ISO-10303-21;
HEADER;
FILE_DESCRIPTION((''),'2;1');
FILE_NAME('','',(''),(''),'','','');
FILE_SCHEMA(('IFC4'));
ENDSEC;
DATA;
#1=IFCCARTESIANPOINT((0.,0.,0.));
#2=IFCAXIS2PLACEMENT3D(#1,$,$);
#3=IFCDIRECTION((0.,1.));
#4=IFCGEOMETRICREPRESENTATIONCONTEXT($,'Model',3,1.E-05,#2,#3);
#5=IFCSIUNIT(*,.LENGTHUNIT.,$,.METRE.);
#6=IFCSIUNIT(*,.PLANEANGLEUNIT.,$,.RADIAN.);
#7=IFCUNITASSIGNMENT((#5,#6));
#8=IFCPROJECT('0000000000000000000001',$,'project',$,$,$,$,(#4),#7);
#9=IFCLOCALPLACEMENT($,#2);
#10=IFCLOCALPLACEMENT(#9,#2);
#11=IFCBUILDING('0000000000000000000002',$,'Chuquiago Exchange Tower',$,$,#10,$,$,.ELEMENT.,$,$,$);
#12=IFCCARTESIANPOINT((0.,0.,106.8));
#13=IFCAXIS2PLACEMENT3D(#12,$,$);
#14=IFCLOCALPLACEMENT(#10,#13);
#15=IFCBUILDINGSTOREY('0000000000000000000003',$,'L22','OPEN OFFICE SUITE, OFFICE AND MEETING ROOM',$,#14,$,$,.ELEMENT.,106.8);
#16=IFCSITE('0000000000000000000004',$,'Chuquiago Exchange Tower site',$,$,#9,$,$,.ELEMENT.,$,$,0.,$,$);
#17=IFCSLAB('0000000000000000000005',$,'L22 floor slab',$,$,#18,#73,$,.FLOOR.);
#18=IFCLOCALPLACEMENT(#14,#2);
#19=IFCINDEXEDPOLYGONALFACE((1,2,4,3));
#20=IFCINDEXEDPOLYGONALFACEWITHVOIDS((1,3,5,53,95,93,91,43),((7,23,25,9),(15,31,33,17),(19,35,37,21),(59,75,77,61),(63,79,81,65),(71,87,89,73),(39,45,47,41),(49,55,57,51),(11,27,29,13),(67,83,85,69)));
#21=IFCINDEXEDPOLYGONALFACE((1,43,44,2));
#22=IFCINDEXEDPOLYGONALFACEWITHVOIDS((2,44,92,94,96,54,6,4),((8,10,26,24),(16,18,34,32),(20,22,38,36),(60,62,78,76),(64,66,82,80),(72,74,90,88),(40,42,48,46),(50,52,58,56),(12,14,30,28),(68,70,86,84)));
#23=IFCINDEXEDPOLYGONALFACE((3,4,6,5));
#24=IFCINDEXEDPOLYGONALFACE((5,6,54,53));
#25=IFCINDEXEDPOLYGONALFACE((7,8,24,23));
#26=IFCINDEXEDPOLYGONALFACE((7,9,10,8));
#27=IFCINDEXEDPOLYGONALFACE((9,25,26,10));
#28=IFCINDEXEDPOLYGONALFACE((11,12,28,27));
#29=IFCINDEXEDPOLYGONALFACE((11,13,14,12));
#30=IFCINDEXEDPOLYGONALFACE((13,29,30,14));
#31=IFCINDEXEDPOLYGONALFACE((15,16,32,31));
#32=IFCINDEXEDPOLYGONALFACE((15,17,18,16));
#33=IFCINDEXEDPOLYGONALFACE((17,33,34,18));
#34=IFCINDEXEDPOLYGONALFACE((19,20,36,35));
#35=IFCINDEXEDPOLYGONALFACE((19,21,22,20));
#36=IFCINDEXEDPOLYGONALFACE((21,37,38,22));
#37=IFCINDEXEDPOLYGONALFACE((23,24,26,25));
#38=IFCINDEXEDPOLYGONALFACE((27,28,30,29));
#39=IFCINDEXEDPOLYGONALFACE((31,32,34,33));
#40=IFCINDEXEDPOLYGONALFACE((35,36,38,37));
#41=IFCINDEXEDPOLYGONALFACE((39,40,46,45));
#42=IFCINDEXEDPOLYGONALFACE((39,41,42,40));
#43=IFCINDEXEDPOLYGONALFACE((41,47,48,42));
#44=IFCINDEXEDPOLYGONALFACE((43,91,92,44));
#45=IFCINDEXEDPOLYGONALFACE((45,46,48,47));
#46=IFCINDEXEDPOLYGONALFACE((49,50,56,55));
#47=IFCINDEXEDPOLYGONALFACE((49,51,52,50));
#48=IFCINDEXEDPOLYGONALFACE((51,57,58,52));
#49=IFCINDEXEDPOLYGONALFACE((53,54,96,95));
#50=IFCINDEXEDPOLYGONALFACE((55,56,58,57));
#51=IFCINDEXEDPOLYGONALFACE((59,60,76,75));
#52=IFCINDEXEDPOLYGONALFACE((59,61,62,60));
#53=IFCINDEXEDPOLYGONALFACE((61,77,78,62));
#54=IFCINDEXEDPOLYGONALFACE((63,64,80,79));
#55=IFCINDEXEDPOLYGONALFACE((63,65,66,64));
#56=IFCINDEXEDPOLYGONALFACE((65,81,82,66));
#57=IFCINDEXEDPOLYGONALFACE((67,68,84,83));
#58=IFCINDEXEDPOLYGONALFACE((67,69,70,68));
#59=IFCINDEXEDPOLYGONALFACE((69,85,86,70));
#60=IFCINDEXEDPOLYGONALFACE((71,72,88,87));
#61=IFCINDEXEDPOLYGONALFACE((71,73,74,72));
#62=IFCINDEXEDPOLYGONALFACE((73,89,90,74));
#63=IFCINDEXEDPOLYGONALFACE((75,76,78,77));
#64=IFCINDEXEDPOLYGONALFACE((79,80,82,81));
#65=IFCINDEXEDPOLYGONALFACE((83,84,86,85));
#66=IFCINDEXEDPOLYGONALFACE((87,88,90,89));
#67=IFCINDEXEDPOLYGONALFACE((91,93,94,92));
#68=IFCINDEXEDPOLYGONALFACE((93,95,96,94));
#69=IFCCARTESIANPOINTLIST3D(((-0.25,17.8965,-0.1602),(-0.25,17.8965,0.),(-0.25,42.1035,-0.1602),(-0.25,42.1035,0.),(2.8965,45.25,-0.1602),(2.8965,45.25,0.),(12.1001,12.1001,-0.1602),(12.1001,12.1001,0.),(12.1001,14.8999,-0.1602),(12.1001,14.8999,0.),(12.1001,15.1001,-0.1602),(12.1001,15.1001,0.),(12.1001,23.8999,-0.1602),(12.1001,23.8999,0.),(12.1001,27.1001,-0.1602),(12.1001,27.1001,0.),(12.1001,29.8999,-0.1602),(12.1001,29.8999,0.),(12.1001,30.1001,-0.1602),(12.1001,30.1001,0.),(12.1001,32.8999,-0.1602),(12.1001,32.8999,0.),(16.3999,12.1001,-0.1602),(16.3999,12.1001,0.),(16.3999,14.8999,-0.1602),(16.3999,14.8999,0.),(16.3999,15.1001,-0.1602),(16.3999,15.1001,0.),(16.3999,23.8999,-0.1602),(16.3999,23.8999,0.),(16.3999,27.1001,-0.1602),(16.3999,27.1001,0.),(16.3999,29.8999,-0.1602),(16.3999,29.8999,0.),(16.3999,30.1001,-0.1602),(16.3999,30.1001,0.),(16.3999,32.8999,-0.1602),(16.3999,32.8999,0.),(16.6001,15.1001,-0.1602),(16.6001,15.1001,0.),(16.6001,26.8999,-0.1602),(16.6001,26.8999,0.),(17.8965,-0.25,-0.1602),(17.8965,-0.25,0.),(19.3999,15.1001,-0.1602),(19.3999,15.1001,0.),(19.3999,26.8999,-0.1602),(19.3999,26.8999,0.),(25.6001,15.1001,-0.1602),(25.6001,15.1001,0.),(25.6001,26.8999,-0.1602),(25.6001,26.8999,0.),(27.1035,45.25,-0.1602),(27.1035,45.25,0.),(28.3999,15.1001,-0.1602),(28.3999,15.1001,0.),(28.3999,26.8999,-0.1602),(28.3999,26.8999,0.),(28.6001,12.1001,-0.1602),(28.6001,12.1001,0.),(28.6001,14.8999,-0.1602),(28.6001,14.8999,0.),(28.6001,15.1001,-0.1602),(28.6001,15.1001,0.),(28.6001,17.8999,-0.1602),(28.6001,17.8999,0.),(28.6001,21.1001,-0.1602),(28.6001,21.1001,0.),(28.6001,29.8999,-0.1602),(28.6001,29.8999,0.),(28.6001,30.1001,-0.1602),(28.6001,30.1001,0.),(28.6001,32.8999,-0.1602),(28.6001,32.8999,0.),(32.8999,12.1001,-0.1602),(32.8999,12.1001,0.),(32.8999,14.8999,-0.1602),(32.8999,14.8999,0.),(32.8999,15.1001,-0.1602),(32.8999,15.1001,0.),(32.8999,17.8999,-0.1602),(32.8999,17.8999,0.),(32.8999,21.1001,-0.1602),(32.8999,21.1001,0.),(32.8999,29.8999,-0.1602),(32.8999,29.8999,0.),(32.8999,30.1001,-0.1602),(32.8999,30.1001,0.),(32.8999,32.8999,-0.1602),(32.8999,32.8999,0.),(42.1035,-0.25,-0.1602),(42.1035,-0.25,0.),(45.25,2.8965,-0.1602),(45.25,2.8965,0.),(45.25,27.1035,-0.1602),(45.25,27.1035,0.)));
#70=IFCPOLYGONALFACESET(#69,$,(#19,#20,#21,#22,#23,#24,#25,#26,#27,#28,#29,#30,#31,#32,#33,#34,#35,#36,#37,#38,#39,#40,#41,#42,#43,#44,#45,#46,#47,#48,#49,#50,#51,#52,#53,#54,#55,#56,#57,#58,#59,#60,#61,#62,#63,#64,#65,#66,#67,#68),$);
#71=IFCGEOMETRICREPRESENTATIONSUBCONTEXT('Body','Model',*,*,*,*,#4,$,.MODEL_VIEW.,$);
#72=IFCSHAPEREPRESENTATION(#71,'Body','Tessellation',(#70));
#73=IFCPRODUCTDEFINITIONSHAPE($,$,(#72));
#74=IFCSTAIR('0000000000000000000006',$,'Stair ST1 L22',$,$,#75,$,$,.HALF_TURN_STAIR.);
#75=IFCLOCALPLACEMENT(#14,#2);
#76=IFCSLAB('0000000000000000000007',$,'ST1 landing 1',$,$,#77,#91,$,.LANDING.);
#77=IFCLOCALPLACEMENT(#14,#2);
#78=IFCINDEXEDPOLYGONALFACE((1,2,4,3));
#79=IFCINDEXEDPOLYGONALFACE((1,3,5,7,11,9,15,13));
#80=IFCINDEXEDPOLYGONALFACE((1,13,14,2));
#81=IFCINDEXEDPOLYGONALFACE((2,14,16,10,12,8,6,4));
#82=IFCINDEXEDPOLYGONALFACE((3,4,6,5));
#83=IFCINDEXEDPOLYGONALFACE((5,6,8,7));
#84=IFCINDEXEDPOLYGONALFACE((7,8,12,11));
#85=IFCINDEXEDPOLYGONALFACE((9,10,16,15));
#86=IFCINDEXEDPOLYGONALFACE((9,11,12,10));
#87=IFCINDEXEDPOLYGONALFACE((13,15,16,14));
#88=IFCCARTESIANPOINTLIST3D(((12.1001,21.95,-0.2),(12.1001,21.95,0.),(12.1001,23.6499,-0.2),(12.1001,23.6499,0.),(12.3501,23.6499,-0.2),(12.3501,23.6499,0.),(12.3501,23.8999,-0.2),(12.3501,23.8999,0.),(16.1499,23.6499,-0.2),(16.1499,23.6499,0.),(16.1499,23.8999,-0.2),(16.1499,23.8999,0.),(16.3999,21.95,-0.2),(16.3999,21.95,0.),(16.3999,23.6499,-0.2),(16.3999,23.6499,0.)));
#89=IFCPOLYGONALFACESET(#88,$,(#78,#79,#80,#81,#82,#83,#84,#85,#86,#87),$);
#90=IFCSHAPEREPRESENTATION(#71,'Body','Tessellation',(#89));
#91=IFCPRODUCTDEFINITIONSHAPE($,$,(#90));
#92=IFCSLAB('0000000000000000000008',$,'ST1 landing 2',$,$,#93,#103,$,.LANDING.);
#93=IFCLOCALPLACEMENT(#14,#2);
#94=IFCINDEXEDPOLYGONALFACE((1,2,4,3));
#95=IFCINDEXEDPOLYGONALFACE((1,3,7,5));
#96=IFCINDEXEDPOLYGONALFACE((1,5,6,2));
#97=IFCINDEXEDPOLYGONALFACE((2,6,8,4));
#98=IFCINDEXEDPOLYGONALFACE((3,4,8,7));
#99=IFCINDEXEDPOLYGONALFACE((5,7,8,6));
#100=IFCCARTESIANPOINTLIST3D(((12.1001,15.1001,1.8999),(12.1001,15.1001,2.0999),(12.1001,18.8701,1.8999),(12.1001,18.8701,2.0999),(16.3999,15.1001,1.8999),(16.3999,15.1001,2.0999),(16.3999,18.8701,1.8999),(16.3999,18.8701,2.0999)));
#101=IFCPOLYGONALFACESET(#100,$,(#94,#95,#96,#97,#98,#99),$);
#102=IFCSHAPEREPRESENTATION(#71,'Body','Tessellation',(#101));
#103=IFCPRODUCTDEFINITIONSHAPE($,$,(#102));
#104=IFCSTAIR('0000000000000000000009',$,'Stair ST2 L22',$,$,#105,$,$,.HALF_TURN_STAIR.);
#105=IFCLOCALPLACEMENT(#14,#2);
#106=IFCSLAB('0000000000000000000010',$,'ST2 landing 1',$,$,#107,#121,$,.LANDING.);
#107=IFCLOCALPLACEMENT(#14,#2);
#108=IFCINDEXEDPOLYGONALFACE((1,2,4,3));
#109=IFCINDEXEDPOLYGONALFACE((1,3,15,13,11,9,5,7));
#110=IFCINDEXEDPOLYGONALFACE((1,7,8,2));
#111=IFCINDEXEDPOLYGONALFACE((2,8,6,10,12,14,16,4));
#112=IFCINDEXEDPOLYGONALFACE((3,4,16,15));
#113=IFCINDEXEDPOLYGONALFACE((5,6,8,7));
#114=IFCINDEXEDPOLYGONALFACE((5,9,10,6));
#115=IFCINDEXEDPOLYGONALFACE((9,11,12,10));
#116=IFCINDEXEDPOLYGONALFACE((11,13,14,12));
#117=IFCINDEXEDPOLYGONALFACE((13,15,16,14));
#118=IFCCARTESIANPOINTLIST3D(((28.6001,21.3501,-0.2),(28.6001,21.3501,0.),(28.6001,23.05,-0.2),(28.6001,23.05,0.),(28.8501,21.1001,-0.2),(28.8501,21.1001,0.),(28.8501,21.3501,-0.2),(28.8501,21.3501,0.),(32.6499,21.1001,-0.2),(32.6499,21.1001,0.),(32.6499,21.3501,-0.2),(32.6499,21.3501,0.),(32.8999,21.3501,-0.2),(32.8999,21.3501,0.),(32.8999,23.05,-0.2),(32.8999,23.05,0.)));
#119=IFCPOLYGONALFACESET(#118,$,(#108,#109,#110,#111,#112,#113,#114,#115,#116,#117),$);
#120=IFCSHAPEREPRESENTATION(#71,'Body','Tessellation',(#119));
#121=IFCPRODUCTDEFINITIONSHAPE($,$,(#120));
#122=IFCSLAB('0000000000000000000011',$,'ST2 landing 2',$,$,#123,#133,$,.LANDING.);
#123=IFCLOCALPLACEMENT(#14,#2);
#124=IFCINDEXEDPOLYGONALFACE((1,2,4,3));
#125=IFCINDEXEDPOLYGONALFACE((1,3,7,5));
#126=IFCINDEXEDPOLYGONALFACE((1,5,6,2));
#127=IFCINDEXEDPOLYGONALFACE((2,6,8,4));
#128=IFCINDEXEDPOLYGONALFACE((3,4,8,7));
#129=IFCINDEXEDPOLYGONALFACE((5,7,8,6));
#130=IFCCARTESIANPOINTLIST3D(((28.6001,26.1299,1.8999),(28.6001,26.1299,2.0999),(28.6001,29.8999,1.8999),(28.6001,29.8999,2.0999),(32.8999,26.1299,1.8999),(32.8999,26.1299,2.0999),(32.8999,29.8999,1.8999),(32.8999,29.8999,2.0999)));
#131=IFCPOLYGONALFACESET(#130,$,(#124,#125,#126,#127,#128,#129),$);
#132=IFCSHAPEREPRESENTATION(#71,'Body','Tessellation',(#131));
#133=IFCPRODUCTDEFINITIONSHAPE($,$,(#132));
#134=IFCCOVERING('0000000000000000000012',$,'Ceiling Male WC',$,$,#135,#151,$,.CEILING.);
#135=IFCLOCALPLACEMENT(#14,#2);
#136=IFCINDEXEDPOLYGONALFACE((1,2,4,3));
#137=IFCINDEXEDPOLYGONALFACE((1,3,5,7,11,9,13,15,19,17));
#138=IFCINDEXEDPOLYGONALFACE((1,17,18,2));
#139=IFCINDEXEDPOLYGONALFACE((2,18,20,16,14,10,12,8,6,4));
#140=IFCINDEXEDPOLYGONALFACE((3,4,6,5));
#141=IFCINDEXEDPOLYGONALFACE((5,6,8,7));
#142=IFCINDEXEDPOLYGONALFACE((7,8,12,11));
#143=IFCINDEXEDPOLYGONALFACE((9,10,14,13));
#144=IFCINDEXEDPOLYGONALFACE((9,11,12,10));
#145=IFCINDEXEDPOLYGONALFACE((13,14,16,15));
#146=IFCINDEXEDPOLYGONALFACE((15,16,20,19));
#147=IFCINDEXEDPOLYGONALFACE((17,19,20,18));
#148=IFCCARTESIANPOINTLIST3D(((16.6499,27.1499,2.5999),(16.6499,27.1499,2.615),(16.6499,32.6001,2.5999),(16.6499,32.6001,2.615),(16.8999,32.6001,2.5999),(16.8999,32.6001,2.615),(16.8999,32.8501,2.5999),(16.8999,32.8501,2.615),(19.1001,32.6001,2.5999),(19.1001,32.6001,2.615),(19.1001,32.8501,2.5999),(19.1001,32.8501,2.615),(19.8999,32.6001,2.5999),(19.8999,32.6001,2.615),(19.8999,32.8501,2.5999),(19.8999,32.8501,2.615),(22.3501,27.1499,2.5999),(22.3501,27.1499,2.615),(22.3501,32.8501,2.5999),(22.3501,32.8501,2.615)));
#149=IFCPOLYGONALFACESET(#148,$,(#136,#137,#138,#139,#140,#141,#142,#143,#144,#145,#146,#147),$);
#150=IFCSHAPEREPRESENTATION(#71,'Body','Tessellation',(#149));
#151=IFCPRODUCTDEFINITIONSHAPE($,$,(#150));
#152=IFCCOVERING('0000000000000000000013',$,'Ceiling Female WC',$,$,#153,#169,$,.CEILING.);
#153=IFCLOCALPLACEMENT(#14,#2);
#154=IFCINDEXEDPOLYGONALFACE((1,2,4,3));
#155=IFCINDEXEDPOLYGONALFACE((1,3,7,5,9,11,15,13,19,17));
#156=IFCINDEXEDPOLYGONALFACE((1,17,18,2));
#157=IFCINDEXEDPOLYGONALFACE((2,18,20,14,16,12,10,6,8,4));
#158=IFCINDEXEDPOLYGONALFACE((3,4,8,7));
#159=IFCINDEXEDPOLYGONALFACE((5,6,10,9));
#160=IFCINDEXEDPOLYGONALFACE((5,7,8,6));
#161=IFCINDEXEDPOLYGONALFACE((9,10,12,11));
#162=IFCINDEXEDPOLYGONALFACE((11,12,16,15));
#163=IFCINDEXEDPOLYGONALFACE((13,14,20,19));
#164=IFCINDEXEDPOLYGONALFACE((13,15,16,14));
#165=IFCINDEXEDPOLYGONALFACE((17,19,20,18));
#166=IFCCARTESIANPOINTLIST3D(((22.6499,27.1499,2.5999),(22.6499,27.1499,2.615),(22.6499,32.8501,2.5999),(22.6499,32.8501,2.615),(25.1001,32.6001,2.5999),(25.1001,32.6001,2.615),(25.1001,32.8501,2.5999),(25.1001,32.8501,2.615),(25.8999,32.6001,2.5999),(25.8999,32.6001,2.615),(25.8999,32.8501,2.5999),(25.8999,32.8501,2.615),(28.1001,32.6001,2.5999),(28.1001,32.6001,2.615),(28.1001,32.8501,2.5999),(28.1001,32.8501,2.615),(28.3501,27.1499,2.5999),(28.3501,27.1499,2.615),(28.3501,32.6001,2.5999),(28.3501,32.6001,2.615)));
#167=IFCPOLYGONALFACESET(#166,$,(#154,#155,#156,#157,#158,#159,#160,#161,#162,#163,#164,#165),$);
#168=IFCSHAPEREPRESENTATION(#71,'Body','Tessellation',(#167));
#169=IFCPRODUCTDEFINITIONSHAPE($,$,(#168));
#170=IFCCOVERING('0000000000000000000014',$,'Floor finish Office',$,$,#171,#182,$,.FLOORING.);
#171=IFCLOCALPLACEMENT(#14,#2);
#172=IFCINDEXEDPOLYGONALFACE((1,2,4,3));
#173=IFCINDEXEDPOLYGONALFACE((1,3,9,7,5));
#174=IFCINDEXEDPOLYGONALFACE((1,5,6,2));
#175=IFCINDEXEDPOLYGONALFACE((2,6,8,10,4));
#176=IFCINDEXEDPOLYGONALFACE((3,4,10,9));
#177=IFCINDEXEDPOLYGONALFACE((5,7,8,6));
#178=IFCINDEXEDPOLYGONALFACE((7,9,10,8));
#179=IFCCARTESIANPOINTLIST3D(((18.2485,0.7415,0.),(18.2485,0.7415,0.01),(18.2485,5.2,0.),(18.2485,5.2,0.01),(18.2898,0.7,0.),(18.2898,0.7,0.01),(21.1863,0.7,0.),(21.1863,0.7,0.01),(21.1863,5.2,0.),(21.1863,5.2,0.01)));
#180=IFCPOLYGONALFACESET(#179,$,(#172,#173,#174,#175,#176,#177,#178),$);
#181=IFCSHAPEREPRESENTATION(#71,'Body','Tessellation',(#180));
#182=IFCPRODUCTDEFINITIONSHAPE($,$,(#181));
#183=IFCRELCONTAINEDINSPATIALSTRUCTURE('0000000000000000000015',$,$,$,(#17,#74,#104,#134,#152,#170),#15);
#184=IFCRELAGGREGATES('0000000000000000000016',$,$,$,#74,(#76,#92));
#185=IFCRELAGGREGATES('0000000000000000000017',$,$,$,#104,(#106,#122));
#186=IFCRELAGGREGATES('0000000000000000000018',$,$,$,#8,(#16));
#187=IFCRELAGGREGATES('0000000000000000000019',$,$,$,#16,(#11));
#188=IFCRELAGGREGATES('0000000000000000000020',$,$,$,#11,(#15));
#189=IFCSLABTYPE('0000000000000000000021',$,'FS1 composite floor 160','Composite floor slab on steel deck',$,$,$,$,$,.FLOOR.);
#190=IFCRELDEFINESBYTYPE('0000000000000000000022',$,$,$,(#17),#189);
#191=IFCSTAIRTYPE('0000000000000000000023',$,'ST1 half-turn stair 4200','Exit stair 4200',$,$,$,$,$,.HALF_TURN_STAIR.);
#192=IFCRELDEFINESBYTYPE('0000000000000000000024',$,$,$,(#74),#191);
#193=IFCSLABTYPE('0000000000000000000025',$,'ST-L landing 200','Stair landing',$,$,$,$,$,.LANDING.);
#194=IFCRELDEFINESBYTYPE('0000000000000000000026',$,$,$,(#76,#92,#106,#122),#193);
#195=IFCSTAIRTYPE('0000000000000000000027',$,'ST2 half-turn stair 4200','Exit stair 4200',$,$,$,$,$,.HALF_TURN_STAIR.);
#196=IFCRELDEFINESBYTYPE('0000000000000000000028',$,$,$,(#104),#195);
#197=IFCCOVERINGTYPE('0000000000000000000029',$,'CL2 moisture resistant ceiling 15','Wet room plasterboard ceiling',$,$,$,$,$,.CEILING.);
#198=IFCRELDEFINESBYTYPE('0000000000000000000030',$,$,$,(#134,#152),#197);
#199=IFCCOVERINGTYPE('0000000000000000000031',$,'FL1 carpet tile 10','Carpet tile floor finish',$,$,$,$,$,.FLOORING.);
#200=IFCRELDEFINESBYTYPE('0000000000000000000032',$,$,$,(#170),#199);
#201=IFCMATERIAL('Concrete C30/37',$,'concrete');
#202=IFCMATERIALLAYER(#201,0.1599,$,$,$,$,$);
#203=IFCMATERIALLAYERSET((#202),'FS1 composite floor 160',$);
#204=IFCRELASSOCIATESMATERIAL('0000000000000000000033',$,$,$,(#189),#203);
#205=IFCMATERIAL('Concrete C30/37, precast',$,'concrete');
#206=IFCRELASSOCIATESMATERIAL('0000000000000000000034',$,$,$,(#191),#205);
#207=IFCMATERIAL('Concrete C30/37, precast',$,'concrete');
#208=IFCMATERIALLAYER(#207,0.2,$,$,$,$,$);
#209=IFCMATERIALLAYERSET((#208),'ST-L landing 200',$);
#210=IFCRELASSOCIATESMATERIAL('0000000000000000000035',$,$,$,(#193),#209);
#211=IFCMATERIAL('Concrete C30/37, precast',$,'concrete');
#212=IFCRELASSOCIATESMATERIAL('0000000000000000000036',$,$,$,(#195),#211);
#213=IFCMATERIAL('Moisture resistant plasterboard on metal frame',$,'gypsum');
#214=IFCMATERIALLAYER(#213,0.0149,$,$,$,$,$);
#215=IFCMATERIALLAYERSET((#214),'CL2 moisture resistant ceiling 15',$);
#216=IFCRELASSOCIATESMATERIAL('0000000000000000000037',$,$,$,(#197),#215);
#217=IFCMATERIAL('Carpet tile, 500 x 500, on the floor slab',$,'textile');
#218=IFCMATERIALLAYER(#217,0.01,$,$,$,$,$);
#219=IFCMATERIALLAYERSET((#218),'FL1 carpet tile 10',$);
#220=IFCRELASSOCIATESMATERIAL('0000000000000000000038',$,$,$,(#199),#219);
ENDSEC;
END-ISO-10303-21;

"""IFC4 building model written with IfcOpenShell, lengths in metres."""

from ifc_helpers import new_model, si_unit, direction, frame, origin, place, context, subcontext, project, spatial, polyline, outline, extrude, material, layer, layer_set, type_object, element, aggregate, save


model = new_model("IFC4")

# Units and contexts
model_context = context("Model", 3, precision=1e-05, world=origin(), true_north=direction((0.0, 1.0)))
body_context = subcontext(model_context, "Body", "Model", "MODEL_VIEW")
ifc_project = project(units=[si_unit("LENGTHUNIT", "METRE"), si_unit("PLANEANGLEUNIT", "RADIAN")], contexts=[model_context])

# Site, building, storey
site_placement = place(None, origin())
site = spatial("IfcSite", under=ifc_project, at=site_placement, Name="Chuquiago Exchange Tower site", CompositionType="ELEMENT", RefElevation=0.0)
building_placement = place(site_placement, origin())
building = spatial("IfcBuilding", under=site, at=building_placement, Name="Chuquiago Exchange Tower", CompositionType="ELEMENT")
storey_placement = place(building_placement, frame((0.0, 0.0, 106.8)))
storey = spatial("IfcBuildingStorey", under=building, at=storey_placement, Name="L22", Description="OPEN OFFICE SUITE, OFFICE AND MEETING ROOM", CompositionType="ELEMENT", Elevation=106.8)

# Slab
ifc_material_1 = material(Name="Concrete C30/37", Category="concrete")
ifc_layer_1 = layer(ifc_material_1, 0.1599)
ifc_layer_set_1 = layer_set([ifc_layer_1], Name="FS1 composite floor 160")
slab_type_1 = type_object("IfcSlabType", Name="FS1 composite floor 160", Description="Composite floor slab on steel deck", PredefinedType="FLOOR", material=ifc_layer_set_1)
slab_1_placement = place(storey_placement, frame((0.0, 0.0, -0.1602)))
element("IfcSlab", 1, at=slab_1_placement, inside=storey, type_object=slab_type_1, Name="L22 floor slab", PredefinedType="FLOOR", context=body_context, shape_type="SweptSolid", body=[
    extrude(outline(polyline([(17.8965, -0.25), (-0.25, 17.8965), (-0.25, 42.1035), (2.8965, 45.25), (27.1035, 45.25), (45.25, 27.1035), (45.25, 2.8965), (42.1035, -0.25), (17.8965, -0.25)]), holes=[polyline([(16.3999, 15.1001), (12.1001, 15.1001), (12.1001, 23.8999), (16.3999, 23.8999), (16.3999, 15.1001)]), polyline([(32.8999, 21.1001), (28.6001, 21.1001), (28.6001, 29.8999), (32.8999, 29.8999), (32.8999, 21.1001)]), polyline([(16.3999, 12.1001), (12.1001, 12.1001), (12.1001, 14.8999), (16.3999, 14.8999), (16.3999, 12.1001)]), polyline([(16.3999, 30.1001), (12.1001, 30.1001), (12.1001, 32.8999), (16.3999, 32.8999), (16.3999, 30.1001)]), polyline([(32.8999, 12.1001), (28.6001, 12.1001), (28.6001, 14.8999), (32.8999, 14.8999), (32.8999, 12.1001)]), polyline([(32.8999, 30.1001), (28.6001, 30.1001), (28.6001, 32.8999), (32.8999, 32.8999), (32.8999, 30.1001)]), polyline([(16.3999, 27.1001), (12.1001, 27.1001), (12.1001, 29.8999), (16.3999, 29.8999), (16.3999, 27.1001)]), polyline([(32.8999, 15.1001), (28.6001, 15.1001), (28.6001, 17.8999), (32.8999, 17.8999), (32.8999, 15.1001)]), polyline([(19.3999, 15.1001), (16.6001, 15.1001), (16.6001, 26.8999), (19.3999, 26.8999), (19.3999, 15.1001)]), polyline([(28.3999, 15.1001), (25.6001, 15.1001), (25.6001, 26.8999), (28.3999, 26.8999), (28.3999, 15.1001)])]), origin(), (0.0, 0.0, 1.0), 0.1602),
])

# Stairs, slabs
ifc_material_2 = material(Name="Concrete C30/37, precast", Category="concrete")
stair_type_1 = type_object("IfcStairType", Name="ST1 half-turn stair 4200", Description="Exit stair 4200", PredefinedType="HALF_TURN_STAIR", material=ifc_material_2)
stair_1_placement = place(storey_placement, origin())
stair_1 = element("IfcStair", 2, at=stair_1_placement, inside=storey, type_object=stair_type_1, Name="Stair ST1 L22", PredefinedType="HALF_TURN_STAIR")
ifc_material_3 = material(Name="Concrete C30/37, precast", Category="concrete")
ifc_layer_2 = layer(ifc_material_3, 0.2)
ifc_layer_set_2 = layer_set([ifc_layer_2], Name="ST-L landing 200")
slab_type_2 = type_object("IfcSlabType", Name="ST-L landing 200", Description="Stair landing", PredefinedType="LANDING", material=ifc_layer_set_2)
slab_2_placement = place(storey_placement, frame((0.0, 0.0, -0.2)))
slab_2 = element("IfcSlab", 3, at=slab_2_placement, type_object=slab_type_2, Name="ST1 landing 1", PredefinedType="LANDING", context=body_context, shape_type="SweptSolid", body=[
    extrude(outline(polyline([(12.3501, 23.8999), (16.1499, 23.8999), (16.1499, 23.6499), (16.3999, 23.6499), (16.3999, 21.95), (12.1001, 21.95), (12.1001, 23.6499), (12.3501, 23.6499), (12.3501, 23.8999)])), origin(), (0.0, 0.0, 1.0), 0.2),
])
slab_3_placement = place(storey_placement, frame((0.0, 0.0, 1.8999)))
slab_3 = element("IfcSlab", 4, at=slab_3_placement, type_object=slab_type_2, Name="ST1 landing 2", PredefinedType="LANDING", context=body_context, shape_type="SweptSolid", body=[
    extrude(outline(polyline([(12.1001, 18.8701), (16.3999, 18.8701), (16.3999, 15.1001), (12.1001, 15.1001), (12.1001, 18.8701)])), origin(), (0.0, 0.0, 1.0), 0.2),
])
aggregate(stair_1, [slab_2, slab_3])
ifc_material_4 = material(Name="Concrete C30/37, precast", Category="concrete")
stair_type_2 = type_object("IfcStairType", Name="ST2 half-turn stair 4200", Description="Exit stair 4200", PredefinedType="HALF_TURN_STAIR", material=ifc_material_4)
stair_2_placement = place(storey_placement, origin())
stair_2 = element("IfcStair", 5, at=stair_2_placement, inside=storey, type_object=stair_type_2, Name="Stair ST2 L22", PredefinedType="HALF_TURN_STAIR")
slab_4_placement = place(storey_placement, frame((0.0, 0.0, -0.2)))
slab_4 = element("IfcSlab", 6, at=slab_4_placement, type_object=slab_type_2, Name="ST2 landing 1", PredefinedType="LANDING", context=body_context, shape_type="SweptSolid", body=[
    extrude(outline(polyline([(32.6499, 21.3501), (32.6499, 21.1001), (28.8501, 21.1001), (28.8501, 21.3501), (28.6001, 21.3501), (28.6001, 23.05), (32.8999, 23.05), (32.8999, 21.3501), (32.6499, 21.3501)])), origin(), (0.0, 0.0, 1.0), 0.2),
])
slab_5_placement = place(storey_placement, frame((0.0, 0.0, 1.8999)))
slab_5 = element("IfcSlab", 7, at=slab_5_placement, type_object=slab_type_2, Name="ST2 landing 2", PredefinedType="LANDING", context=body_context, shape_type="SweptSolid", body=[
    extrude(outline(polyline([(28.6001, 29.8999), (32.8999, 29.8999), (32.8999, 26.1299), (28.6001, 26.1299), (28.6001, 29.8999)])), origin(), (0.0, 0.0, 1.0), 0.2),
])
aggregate(stair_2, [slab_4, slab_5])

# Coverings
ifc_material_5 = material(Name="Moisture resistant plasterboard on metal frame", Category="gypsum")
ifc_layer_3 = layer(ifc_material_5, 0.0149)
ifc_layer_set_3 = layer_set([ifc_layer_3], Name="CL2 moisture resistant ceiling 15")
covering_type_1 = type_object("IfcCoveringType", Name="CL2 moisture resistant ceiling 15", Description="Wet room plasterboard ceiling", PredefinedType="CEILING", material=ifc_layer_set_3)
covering_1_placement = place(storey_placement, frame((0.0, 0.0, 2.5999)))
element("IfcCovering", 8, at=covering_1_placement, inside=storey, type_object=covering_type_1, Name="Ceiling Male WC", PredefinedType="CEILING", context=body_context, shape_type="SweptSolid", body=[
    extrude(outline(polyline([(16.6499, 27.1499), (16.6499, 32.6001), (16.8999, 32.6001), (16.8999, 32.8501), (19.1001, 32.8501), (19.1001, 32.6001), (19.8999, 32.6001), (19.8999, 32.8501), (22.3501, 32.8501), (22.3501, 27.1499), (16.6499, 27.1499)])), origin(), (0.0, 0.0, 1.0), 0.0151),
])
covering_2_placement = place(storey_placement, frame((0.0, 0.0, 2.5999)))
element("IfcCovering", 9, at=covering_2_placement, inside=storey, type_object=covering_type_1, Name="Ceiling Female WC", PredefinedType="CEILING", context=body_context, shape_type="SweptSolid", body=[
    extrude(outline(polyline([(22.6499, 27.1499), (22.6499, 32.8501), (25.1001, 32.8501), (25.1001, 32.6001), (25.8999, 32.6001), (25.8999, 32.8501), (28.1001, 32.8501), (28.1001, 32.6001), (28.3501, 32.6001), (28.3501, 27.1499), (22.6499, 27.1499)])), origin(), (0.0, 0.0, 1.0), 0.0151),
])
ifc_material_6 = material(Name="Carpet tile, 500 x 500, on the floor slab", Category="textile")
ifc_layer_4 = layer(ifc_material_6, 0.01)
ifc_layer_set_4 = layer_set([ifc_layer_4], Name="FL1 carpet tile 10")
covering_type_2 = type_object("IfcCoveringType", Name="FL1 carpet tile 10", Description="Carpet tile floor finish", PredefinedType="FLOORING", material=ifc_layer_set_4)
covering_3_placement = place(storey_placement, origin())
element("IfcCovering", 10, at=covering_3_placement, inside=storey, type_object=covering_type_2, Name="Floor finish Office", PredefinedType="FLOORING", context=body_context, shape_type="SweptSolid", body=[
    extrude(outline(polyline([(18.2898, 0.7), (18.2485, 0.7415), (18.2485, 5.2), (21.1863, 5.2), (21.1863, 0.7), (18.2898, 0.7)])), origin(), (0.0, 0.0, 1.0), 0.01),
])

save(model, "model.ifc")
